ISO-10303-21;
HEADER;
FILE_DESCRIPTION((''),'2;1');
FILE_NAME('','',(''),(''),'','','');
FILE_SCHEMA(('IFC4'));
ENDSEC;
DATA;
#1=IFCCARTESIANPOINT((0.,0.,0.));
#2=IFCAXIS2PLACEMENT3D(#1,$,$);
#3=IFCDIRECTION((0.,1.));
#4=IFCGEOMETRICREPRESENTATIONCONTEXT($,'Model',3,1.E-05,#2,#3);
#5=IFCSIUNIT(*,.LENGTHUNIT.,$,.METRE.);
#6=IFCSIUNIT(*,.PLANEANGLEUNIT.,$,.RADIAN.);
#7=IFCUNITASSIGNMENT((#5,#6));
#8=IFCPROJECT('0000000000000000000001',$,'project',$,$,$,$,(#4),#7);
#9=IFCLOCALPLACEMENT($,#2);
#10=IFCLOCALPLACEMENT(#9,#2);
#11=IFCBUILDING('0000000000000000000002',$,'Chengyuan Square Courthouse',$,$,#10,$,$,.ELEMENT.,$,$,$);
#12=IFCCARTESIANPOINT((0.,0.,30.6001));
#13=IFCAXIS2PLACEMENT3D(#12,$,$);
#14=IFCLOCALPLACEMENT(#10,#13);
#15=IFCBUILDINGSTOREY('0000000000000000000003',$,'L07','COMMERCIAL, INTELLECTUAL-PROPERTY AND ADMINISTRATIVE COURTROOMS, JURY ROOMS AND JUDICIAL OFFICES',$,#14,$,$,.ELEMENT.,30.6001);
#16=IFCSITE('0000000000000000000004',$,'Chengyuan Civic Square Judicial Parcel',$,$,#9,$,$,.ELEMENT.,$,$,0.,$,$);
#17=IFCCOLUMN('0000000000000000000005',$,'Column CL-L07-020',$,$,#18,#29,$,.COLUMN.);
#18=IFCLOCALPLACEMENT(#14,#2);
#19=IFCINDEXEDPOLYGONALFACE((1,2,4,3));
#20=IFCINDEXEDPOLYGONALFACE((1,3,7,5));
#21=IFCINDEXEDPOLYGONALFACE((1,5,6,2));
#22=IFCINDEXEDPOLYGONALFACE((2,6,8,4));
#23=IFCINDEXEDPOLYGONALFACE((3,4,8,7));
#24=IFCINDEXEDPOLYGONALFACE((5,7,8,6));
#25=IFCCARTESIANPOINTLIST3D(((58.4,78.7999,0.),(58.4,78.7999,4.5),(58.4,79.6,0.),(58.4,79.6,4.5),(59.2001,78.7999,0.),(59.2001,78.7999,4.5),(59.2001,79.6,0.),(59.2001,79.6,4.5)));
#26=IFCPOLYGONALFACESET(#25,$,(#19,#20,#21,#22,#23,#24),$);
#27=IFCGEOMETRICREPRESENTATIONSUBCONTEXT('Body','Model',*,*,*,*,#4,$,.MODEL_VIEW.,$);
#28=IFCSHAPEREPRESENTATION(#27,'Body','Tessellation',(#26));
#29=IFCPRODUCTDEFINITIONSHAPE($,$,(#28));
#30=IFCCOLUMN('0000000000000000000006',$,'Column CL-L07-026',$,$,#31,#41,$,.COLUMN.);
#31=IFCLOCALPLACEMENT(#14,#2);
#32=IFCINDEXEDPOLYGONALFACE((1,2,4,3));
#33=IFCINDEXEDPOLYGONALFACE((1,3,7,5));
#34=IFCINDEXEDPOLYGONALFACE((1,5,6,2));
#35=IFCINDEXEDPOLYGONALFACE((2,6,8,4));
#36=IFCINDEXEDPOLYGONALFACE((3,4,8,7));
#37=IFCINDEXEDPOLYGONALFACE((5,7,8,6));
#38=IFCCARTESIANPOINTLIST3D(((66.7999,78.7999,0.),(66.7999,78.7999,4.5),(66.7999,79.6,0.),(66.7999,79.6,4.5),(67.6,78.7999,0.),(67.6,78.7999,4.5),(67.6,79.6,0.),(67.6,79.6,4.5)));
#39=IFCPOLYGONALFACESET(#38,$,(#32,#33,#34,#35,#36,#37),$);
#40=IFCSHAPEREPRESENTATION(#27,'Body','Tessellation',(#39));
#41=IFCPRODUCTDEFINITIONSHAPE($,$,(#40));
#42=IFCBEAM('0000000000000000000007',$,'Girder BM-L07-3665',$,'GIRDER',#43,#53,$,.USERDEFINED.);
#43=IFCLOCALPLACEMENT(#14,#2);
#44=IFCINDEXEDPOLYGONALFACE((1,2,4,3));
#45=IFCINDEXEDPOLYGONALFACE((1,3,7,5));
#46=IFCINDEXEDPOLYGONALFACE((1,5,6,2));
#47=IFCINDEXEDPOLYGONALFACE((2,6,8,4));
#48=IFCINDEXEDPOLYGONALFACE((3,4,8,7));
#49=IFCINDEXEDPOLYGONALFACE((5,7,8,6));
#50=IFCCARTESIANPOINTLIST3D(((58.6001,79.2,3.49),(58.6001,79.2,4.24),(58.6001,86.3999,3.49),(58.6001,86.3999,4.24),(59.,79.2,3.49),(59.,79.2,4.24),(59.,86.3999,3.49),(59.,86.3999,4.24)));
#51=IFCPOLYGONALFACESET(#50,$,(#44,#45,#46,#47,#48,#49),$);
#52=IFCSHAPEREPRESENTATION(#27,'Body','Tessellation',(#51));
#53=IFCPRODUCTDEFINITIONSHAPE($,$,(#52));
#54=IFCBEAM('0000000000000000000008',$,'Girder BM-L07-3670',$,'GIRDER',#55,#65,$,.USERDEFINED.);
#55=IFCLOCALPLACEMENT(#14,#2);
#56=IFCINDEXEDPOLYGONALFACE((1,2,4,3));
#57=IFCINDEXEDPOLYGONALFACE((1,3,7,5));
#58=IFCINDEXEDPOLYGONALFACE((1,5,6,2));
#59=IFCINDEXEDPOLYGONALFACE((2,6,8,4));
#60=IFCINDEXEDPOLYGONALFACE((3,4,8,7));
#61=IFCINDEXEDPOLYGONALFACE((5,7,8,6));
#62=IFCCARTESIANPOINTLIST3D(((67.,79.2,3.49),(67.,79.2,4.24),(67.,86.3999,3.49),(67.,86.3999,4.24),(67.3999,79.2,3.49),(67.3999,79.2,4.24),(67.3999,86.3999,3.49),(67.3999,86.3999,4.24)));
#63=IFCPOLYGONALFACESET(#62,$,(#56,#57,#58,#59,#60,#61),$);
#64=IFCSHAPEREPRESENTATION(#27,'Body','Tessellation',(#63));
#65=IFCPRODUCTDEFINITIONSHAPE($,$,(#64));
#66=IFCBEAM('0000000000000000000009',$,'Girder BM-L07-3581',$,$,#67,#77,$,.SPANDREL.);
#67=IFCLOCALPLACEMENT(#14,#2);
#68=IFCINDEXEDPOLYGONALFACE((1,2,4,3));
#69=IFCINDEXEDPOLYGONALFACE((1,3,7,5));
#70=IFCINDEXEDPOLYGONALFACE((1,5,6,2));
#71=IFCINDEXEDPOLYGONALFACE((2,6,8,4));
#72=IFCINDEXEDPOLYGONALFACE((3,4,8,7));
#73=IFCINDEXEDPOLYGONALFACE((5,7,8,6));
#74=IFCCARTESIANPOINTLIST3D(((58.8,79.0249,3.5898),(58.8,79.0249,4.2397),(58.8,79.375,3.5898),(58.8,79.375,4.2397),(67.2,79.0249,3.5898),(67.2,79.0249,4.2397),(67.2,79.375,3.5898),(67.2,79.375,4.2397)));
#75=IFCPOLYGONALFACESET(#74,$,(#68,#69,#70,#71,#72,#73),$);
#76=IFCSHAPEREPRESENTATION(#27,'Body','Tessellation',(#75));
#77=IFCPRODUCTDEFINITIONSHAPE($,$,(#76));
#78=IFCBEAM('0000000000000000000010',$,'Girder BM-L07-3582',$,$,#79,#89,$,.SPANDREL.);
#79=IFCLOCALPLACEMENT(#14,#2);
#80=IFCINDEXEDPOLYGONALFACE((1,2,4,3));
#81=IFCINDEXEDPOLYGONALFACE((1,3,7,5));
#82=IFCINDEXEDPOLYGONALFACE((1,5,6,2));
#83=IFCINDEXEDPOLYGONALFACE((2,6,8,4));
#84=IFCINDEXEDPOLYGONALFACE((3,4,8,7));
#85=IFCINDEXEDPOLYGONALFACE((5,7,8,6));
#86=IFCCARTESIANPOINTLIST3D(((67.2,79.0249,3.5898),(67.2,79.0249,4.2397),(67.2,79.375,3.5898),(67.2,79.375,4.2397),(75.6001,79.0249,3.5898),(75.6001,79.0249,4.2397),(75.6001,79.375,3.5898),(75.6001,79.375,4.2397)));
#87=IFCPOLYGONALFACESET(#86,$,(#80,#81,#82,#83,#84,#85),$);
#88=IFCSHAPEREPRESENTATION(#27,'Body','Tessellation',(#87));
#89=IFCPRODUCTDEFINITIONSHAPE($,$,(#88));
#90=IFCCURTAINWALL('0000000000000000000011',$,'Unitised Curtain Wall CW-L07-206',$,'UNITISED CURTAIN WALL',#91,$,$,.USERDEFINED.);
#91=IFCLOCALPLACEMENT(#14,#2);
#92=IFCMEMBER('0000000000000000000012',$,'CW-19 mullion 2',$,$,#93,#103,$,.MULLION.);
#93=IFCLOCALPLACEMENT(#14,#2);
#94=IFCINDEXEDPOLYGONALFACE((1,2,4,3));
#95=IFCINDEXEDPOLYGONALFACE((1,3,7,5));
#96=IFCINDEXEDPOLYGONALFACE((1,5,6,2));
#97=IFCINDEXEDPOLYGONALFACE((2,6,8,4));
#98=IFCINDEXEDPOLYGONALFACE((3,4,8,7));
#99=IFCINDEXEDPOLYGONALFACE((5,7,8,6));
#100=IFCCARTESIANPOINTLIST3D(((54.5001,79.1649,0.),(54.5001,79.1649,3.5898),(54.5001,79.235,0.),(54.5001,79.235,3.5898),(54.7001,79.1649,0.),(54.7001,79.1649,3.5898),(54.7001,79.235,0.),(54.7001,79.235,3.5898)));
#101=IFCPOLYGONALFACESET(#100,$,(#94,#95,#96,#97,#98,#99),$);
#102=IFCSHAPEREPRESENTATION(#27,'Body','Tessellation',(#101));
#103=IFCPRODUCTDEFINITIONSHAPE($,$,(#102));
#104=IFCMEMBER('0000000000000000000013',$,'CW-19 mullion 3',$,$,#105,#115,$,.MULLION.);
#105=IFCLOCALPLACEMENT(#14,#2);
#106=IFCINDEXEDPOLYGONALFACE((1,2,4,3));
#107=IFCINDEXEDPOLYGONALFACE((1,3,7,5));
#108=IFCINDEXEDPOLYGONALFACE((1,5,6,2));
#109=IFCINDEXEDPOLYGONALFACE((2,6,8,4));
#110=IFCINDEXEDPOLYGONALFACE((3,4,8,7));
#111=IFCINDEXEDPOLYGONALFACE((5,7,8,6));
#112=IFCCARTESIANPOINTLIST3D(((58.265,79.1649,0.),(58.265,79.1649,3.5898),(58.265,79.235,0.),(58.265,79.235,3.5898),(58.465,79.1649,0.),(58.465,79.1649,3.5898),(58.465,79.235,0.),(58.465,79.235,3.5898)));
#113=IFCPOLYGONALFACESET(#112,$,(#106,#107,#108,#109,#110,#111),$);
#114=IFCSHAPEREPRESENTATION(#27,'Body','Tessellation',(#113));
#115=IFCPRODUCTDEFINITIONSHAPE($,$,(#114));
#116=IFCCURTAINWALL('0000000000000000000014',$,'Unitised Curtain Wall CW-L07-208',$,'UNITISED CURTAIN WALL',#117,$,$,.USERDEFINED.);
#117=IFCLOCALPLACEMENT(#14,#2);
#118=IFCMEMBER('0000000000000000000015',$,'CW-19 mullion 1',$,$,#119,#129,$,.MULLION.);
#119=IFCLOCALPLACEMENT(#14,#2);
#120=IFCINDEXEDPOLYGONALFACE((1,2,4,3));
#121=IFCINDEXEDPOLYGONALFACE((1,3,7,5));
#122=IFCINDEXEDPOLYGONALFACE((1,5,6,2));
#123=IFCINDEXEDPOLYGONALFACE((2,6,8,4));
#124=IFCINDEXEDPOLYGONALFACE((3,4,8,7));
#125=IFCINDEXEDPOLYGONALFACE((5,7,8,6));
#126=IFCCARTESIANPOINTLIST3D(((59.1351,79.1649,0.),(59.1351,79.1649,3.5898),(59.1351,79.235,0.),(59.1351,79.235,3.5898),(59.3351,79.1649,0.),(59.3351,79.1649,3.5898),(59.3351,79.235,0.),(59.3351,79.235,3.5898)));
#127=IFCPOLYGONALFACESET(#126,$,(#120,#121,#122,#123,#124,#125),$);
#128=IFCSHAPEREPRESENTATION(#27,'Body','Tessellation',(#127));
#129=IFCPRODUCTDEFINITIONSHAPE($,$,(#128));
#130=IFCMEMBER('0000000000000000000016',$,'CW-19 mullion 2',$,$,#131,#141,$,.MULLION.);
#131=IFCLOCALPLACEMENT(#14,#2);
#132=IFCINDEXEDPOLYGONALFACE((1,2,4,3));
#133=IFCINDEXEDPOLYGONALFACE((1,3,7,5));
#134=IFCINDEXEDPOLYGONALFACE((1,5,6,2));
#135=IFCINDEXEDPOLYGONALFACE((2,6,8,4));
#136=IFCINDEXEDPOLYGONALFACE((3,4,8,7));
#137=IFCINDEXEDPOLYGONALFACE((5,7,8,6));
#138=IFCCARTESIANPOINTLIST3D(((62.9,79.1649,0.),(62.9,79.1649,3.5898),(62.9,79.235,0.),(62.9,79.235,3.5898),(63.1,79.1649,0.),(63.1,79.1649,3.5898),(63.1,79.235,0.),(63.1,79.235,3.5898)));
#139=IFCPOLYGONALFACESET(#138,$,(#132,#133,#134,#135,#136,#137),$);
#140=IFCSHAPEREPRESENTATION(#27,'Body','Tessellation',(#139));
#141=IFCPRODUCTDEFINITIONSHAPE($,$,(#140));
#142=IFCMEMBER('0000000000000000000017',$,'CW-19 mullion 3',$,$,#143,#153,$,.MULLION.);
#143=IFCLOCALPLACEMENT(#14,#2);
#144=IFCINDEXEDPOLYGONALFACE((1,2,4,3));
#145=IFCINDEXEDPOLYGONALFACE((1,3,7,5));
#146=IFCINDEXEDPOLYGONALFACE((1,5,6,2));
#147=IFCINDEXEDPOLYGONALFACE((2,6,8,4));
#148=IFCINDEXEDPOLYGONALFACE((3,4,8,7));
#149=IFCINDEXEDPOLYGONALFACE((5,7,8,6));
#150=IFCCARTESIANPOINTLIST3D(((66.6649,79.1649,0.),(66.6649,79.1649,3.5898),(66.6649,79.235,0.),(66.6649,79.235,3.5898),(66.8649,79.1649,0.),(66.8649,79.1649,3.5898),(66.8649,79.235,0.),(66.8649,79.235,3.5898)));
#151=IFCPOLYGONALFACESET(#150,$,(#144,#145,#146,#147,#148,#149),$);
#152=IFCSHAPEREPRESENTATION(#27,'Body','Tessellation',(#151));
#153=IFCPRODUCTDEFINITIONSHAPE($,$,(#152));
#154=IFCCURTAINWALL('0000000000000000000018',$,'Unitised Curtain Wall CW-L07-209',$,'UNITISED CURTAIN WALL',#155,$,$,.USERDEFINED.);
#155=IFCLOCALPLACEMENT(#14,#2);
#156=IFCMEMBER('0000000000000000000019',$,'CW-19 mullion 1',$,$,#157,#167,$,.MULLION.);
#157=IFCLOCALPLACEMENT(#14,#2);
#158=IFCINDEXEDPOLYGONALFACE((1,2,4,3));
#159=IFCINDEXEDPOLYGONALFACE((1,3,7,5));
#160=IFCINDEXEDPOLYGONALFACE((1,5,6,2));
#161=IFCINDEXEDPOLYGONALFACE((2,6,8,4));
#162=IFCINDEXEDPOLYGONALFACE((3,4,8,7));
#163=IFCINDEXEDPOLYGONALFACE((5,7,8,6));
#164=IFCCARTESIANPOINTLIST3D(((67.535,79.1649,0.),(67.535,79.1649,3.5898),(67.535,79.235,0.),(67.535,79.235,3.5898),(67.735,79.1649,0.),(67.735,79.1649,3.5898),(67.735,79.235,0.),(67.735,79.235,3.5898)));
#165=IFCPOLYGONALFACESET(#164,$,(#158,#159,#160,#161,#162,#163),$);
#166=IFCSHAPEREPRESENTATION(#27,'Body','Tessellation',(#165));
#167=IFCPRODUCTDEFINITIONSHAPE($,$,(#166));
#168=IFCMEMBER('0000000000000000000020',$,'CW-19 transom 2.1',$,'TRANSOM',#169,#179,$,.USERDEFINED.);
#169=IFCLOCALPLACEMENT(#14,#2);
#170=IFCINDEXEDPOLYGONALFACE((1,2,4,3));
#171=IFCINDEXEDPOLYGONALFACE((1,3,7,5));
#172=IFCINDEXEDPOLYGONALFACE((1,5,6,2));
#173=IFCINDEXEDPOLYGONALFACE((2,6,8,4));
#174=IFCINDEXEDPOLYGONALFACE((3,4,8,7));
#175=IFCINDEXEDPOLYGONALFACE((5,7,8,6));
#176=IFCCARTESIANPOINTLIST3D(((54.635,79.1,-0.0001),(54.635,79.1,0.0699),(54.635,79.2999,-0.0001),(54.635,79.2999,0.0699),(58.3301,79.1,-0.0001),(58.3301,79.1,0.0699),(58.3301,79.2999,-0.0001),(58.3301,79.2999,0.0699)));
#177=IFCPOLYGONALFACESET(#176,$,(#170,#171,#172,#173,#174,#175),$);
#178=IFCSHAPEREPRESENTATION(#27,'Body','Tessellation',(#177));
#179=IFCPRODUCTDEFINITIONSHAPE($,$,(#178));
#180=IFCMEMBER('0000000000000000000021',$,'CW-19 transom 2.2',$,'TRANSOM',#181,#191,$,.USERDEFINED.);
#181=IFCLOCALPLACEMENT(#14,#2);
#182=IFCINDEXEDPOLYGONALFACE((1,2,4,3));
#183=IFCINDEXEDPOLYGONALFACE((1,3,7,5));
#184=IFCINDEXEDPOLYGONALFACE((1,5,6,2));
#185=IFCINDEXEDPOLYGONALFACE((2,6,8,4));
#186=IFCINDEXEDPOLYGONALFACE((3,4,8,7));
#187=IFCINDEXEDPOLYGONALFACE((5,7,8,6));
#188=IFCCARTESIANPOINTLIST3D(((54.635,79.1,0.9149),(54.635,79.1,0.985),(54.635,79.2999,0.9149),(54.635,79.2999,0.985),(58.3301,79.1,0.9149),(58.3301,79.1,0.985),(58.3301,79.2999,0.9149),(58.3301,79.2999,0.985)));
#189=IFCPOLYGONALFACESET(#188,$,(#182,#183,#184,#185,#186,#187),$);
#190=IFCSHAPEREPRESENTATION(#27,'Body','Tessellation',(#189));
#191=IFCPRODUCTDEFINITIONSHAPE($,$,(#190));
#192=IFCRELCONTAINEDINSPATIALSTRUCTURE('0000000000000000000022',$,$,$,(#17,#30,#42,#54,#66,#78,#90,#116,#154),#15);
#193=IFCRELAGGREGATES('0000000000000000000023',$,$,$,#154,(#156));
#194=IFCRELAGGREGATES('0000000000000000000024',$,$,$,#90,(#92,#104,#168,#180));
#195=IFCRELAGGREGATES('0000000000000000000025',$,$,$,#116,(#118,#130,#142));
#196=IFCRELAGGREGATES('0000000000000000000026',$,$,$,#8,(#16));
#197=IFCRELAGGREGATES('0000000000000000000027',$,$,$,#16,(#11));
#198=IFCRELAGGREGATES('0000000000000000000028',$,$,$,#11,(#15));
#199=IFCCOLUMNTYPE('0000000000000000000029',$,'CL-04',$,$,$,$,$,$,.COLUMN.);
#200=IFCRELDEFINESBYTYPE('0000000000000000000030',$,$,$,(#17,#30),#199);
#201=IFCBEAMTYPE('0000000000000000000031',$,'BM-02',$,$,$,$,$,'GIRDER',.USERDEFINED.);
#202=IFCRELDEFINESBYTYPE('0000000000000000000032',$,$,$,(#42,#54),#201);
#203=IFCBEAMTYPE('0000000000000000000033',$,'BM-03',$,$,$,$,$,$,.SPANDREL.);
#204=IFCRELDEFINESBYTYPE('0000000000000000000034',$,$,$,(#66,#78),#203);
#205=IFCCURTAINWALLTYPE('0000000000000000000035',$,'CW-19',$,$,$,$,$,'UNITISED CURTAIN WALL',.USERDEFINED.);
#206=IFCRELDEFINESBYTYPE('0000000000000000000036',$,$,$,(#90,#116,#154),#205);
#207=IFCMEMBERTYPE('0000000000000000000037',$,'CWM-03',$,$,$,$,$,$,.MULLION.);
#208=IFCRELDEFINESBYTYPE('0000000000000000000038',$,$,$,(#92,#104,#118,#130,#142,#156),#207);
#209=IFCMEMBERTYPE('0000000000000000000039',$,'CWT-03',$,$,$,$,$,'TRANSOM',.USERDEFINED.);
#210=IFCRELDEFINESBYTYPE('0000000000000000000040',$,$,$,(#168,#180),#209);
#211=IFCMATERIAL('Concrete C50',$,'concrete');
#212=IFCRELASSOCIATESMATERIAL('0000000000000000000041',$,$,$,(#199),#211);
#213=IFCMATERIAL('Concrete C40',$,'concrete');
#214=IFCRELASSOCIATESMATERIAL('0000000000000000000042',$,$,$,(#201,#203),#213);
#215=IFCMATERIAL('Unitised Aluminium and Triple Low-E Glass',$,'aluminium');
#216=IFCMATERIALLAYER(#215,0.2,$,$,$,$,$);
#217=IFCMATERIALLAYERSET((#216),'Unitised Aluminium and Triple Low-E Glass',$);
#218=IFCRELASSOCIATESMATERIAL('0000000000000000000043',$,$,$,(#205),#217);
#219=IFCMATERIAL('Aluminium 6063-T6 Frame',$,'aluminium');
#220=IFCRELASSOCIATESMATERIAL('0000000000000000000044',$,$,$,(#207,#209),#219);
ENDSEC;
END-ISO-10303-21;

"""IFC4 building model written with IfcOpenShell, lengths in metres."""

from ifc_helpers import new_model, si_unit, direction, frame, origin, origin_2d, place, context, subcontext, project, spatial, rectangle, extrude, material, layer, layer_set, material_profile, profile_set, type_object, element, aggregate, save


model = new_model("IFC4")

# Units and contexts
model_context = context("Model", 3, precision=1e-05, world=origin(), true_north=direction((0.0, 1.0)))
body_context = subcontext(model_context, "Body", "Model", "MODEL_VIEW")
ifc_project = project(units=[si_unit("LENGTHUNIT", "METRE"), si_unit("PLANEANGLEUNIT", "RADIAN")], contexts=[model_context])

# Site, building, storey
site_placement = place(None, origin())
site = spatial("IfcSite", under=ifc_project, at=site_placement, Name="Chengyuan Civic Square Judicial Parcel", CompositionType="ELEMENT", RefElevation=0.0)
building_placement = place(site_placement, origin())
building = spatial("IfcBuilding", under=site, at=building_placement, Name="Chengyuan Square Courthouse", CompositionType="ELEMENT")
storey_placement = place(building_placement, frame((0.0, 0.0, 30.6001)))
storey = spatial("IfcBuildingStorey", under=building, at=storey_placement, Name="L07", Description="COMMERCIAL, INTELLECTUAL-PROPERTY AND ADMINISTRATIVE COURTROOMS, JURY ROOMS AND JUDICIAL OFFICES", CompositionType="ELEMENT", Elevation=30.6001)

# Columns
ifc_material_1 = material(Name="Concrete C50", Category="concrete")
ifc_material_profile_1 = material_profile(ifc_material_1, rectangle(XDim=0.8, YDim=0.8, at=origin_2d()), Name="RC-COL-800x800")
ifc_profile_set_1 = profile_set([ifc_material_profile_1], Name="Concrete C50")
column_type = type_object("IfcColumnType", Name="CL-04", PredefinedType="COLUMN", material=ifc_profile_set_1)
for number, where, z_axis, x_axis, name in (
    (1, (58.8, 79.2, 0.0), (0.0, 0.0, 1.0), (1.0, 0.0, 0.0), "Column CL-L07-020"),
    (2, (67.2, 79.2, 0.0), (0.0, 0.0, 1.0), (1.0, 0.0, 0.0), "Column CL-L07-026"),
):
    element("IfcColumn", number, at=place(storey_placement, frame(where, z_axis=z_axis, x_axis=x_axis)), inside=storey, type_object=column_type, Name=name, PredefinedType="COLUMN", context=body_context, shape_type="SweptSolid", body=[
        extrude(rectangle(XDim=0.8, YDim=0.8, at=origin_2d()), origin(), (0.0, 0.0, 1.0), 4.5),
    ])

# Beams
ifc_material_2 = material(Name="Concrete C40", Category="concrete")
ifc_material_profile_2 = material_profile(ifc_material_2, rectangle(XDim=0.3999, YDim=0.75, at=origin_2d()), Name="RC-BM-400x750")
ifc_profile_set_2 = profile_set([ifc_material_profile_2], Name="Concrete C40")
beam_type_1 = type_object("IfcBeamType", Name="BM-02", ElementType="GIRDER", PredefinedType="USERDEFINED", material=ifc_profile_set_2)
for number, where, z_axis, x_axis, name in (
    (3, (58.8, 79.2, 3.865), (0.0, 1.0, 0.0), (-1.0, 0.0, 0.0), "Girder BM-L07-3665"),
    (4, (67.2, 79.2, 3.865), (0.0, 1.0, 0.0), (-1.0, 0.0, 0.0), "Girder BM-L07-3670"),
):
    element("IfcBeam", number, at=place(storey_placement, frame(where, z_axis=z_axis, x_axis=x_axis)), inside=storey, type_object=beam_type_1, Name=name, ObjectType="GIRDER", PredefinedType="USERDEFINED", context=body_context, shape_type="SweptSolid", body=[
        extrude(rectangle(XDim=0.3999, YDim=0.75, at=origin_2d()), origin(), (0.0, 0.0, 1.0), 7.2),
    ])
ifc_material_profile_3 = material_profile(ifc_material_2, rectangle(XDim=0.3501, YDim=0.6499, at=origin_2d()), Name="RC-BM-350x650")
ifc_profile_set_3 = profile_set([ifc_material_profile_3], Name="Concrete C40")
beam_type_2 = type_object("IfcBeamType", Name="BM-03", PredefinedType="SPANDREL", material=ifc_profile_set_3)
beam_1_placement = place(storey_placement, frame((58.8, 79.2, 3.9148), z_axis=(1.0, 0.0, 0.0), x_axis=(0.0, 1.0, 0.0)))
element("IfcBeam", 5, at=beam_1_placement, inside=storey, type_object=beam_type_2, Name="Girder BM-L07-3581", PredefinedType="SPANDREL", context=body_context, shape_type="SweptSolid", body=[
    extrude(rectangle(XDim=0.3501, YDim=0.6499, at=origin_2d()), origin(), (0.0, 0.0, 1.0), 8.3999),
])
beam_2_placement = place(storey_placement, frame((67.2, 79.2, 3.9148), z_axis=(1.0, 0.0, 0.0), x_axis=(0.0, 1.0, 0.0)))
element("IfcBeam", 6, at=beam_2_placement, inside=storey, type_object=beam_type_2, Name="Girder BM-L07-3582", PredefinedType="SPANDREL", context=body_context, shape_type="SweptSolid", body=[
    extrude(rectangle(XDim=0.3501, YDim=0.6499, at=origin_2d()), origin(), (0.0, 0.0, 1.0), 8.4001),
])

# Curtain walls, members
ifc_material_3 = material(Name="Unitised Aluminium and Triple Low-E Glass", Category="aluminium")
ifc_layer_1 = layer(ifc_material_3, 0.2)
ifc_layer_set_1 = layer_set([ifc_layer_1], Name="Unitised Aluminium and Triple Low-E Glass")
curtain_wall_type = type_object("IfcCurtainWallType", Name="CW-19", ElementType="UNITISED CURTAIN WALL", PredefinedType="USERDEFINED", material=ifc_layer_set_1)
curtain_wall_1_placement = place(storey_placement, origin())
curtain_wall_1 = element("IfcCurtainWall", 7, at=curtain_wall_1_placement, inside=storey, type_object=curtain_wall_type, Name="Unitised Curtain Wall CW-L07-206", ObjectType="UNITISED CURTAIN WALL", PredefinedType="USERDEFINED")
ifc_material_4 = material(Name="Aluminium 6063-T6 Frame", Category="aluminium")
ifc_material_profile_4 = material_profile(ifc_material_4, rectangle(XDim=0.0701, YDim=0.2, at=origin_2d()), Name="CW-MUL-70x200")
ifc_profile_set_4 = profile_set([ifc_material_profile_4], Name="Aluminium 6063-T6 Frame")
member_type_1 = type_object("IfcMemberType", Name="CWM-03", PredefinedType="MULLION", material=ifc_profile_set_4)
member_1_placement = place(storey_placement, frame((54.6001, 79.2, 0.0), z_axis=(0.0, 0.0, 1.0), x_axis=(0.0, 1.0, 0.0)))
member_1 = element("IfcMember", 8, at=member_1_placement, type_object=member_type_1, Name="CW-19 mullion 2", PredefinedType="MULLION", context=body_context, shape_type="SweptSolid", body=[
    extrude(rectangle(XDim=0.0701, YDim=0.2, at=origin_2d()), origin(), (0.0, 0.0, 1.0), 3.5898),
])
member_2_placement = place(storey_placement, frame((58.365, 79.2, 0.0), z_axis=(0.0, 0.0, 1.0), x_axis=(0.0, 1.0, 0.0)))
member_2 = element("IfcMember", 9, at=member_2_placement, type_object=member_type_1, Name="CW-19 mullion 3", PredefinedType="MULLION", context=body_context, shape_type="SweptSolid", body=[
    extrude(rectangle(XDim=0.0701, YDim=0.2, at=origin_2d()), origin(), (0.0, 0.0, 1.0), 3.5898),
])
curtain_wall_2_placement = place(storey_placement, origin())
curtain_wall_2 = element("IfcCurtainWall", 10, at=curtain_wall_2_placement, inside=storey, type_object=curtain_wall_type, Name="Unitised Curtain Wall CW-L07-208", ObjectType="UNITISED CURTAIN WALL", PredefinedType="USERDEFINED")
member_3_placement = place(storey_placement, frame((59.2351, 79.2, 0.0), z_axis=(0.0, 0.0, 1.0), x_axis=(0.0, 1.0, 0.0)))
member_3 = element("IfcMember", 11, at=member_3_placement, type_object=member_type_1, Name="CW-19 mullion 1", PredefinedType="MULLION", context=body_context, shape_type="SweptSolid", body=[
    extrude(rectangle(XDim=0.0701, YDim=0.2, at=origin_2d()), origin(), (0.0, 0.0, 1.0), 3.5898),
])
member_4_placement = place(storey_placement, frame((63.0, 79.2, 0.0), z_axis=(0.0, 0.0, 1.0), x_axis=(0.0, 1.0, 0.0)))
member_4 = element("IfcMember", 12, at=member_4_placement, type_object=member_type_1, Name="CW-19 mullion 2", PredefinedType="MULLION", context=body_context, shape_type="SweptSolid", body=[
    extrude(rectangle(XDim=0.0701, YDim=0.2, at=origin_2d()), origin(), (0.0, 0.0, 1.0), 3.5898),
])
member_5_placement = place(storey_placement, frame((66.7649, 79.2, 0.0), z_axis=(0.0, 0.0, 1.0), x_axis=(0.0, 1.0, 0.0)))
member_5 = element("IfcMember", 13, at=member_5_placement, type_object=member_type_1, Name="CW-19 mullion 3", PredefinedType="MULLION", context=body_context, shape_type="SweptSolid", body=[
    extrude(rectangle(XDim=0.0701, YDim=0.2, at=origin_2d()), origin(), (0.0, 0.0, 1.0), 3.5898),
])

# Curtain wall, member
curtain_wall_3_placement = place(storey_placement, origin())
curtain_wall_3 = element("IfcCurtainWall", 14, at=curtain_wall_3_placement, inside=storey, type_object=curtain_wall_type, Name="Unitised Curtain Wall CW-L07-209", ObjectType="UNITISED CURTAIN WALL", PredefinedType="USERDEFINED")
member_6_placement = place(storey_placement, frame((67.635, 79.2, 0.0), z_axis=(0.0, 0.0, 1.0), x_axis=(0.0, 1.0, 0.0)))
member_6 = element("IfcMember", 15, at=member_6_placement, type_object=member_type_1, Name="CW-19 mullion 1", PredefinedType="MULLION", context=body_context, shape_type="SweptSolid", body=[
    extrude(rectangle(XDim=0.0701, YDim=0.2, at=origin_2d()), origin(), (0.0, 0.0, 1.0), 3.5898),
])
aggregate(curtain_wall_3, [member_6])

# Members
ifc_material_profile_5 = material_profile(ifc_material_4, rectangle(XDim=0.2, YDim=0.0701, at=origin_2d()), Name="CW-TRN-70x160")
ifc_profile_set_5 = profile_set([ifc_material_profile_5], Name="Aluminium 6063-T6 Frame")
member_type_2 = type_object("IfcMemberType", Name="CWT-03", ElementType="TRANSOM", PredefinedType="USERDEFINED", material=ifc_profile_set_5)
member_7_placement = place(storey_placement, frame((54.635, 79.2, 0.0349), z_axis=(1.0, 0.0, 0.0), x_axis=(0.0, 1.0, 0.0)))
member_7 = element("IfcMember", 16, at=member_7_placement, type_object=member_type_2, Name="CW-19 transom 2.1", ObjectType="TRANSOM", PredefinedType="USERDEFINED", context=body_context, shape_type="SweptSolid", body=[
    extrude(rectangle(XDim=0.2, YDim=0.0701, at=origin_2d()), origin(), (0.0, 0.0, 1.0), 3.6951),
])
member_8_placement = place(storey_placement, frame((54.635, 79.2, 0.95), z_axis=(1.0, 0.0, 0.0), x_axis=(0.0, 1.0, 0.0)))
member_8 = element("IfcMember", 17, at=member_8_placement, type_object=member_type_2, Name="CW-19 transom 2.2", ObjectType="TRANSOM", PredefinedType="USERDEFINED", context=body_context, shape_type="SweptSolid", body=[
    extrude(rectangle(XDim=0.2, YDim=0.0701, at=origin_2d()), origin(), (0.0, 0.0, 1.0), 3.6951),
])

aggregate(curtain_wall_1, [member_1, member_2, member_7, member_8])
aggregate(curtain_wall_2, [member_3, member_4, member_5])

save(model, "model.ifc")
